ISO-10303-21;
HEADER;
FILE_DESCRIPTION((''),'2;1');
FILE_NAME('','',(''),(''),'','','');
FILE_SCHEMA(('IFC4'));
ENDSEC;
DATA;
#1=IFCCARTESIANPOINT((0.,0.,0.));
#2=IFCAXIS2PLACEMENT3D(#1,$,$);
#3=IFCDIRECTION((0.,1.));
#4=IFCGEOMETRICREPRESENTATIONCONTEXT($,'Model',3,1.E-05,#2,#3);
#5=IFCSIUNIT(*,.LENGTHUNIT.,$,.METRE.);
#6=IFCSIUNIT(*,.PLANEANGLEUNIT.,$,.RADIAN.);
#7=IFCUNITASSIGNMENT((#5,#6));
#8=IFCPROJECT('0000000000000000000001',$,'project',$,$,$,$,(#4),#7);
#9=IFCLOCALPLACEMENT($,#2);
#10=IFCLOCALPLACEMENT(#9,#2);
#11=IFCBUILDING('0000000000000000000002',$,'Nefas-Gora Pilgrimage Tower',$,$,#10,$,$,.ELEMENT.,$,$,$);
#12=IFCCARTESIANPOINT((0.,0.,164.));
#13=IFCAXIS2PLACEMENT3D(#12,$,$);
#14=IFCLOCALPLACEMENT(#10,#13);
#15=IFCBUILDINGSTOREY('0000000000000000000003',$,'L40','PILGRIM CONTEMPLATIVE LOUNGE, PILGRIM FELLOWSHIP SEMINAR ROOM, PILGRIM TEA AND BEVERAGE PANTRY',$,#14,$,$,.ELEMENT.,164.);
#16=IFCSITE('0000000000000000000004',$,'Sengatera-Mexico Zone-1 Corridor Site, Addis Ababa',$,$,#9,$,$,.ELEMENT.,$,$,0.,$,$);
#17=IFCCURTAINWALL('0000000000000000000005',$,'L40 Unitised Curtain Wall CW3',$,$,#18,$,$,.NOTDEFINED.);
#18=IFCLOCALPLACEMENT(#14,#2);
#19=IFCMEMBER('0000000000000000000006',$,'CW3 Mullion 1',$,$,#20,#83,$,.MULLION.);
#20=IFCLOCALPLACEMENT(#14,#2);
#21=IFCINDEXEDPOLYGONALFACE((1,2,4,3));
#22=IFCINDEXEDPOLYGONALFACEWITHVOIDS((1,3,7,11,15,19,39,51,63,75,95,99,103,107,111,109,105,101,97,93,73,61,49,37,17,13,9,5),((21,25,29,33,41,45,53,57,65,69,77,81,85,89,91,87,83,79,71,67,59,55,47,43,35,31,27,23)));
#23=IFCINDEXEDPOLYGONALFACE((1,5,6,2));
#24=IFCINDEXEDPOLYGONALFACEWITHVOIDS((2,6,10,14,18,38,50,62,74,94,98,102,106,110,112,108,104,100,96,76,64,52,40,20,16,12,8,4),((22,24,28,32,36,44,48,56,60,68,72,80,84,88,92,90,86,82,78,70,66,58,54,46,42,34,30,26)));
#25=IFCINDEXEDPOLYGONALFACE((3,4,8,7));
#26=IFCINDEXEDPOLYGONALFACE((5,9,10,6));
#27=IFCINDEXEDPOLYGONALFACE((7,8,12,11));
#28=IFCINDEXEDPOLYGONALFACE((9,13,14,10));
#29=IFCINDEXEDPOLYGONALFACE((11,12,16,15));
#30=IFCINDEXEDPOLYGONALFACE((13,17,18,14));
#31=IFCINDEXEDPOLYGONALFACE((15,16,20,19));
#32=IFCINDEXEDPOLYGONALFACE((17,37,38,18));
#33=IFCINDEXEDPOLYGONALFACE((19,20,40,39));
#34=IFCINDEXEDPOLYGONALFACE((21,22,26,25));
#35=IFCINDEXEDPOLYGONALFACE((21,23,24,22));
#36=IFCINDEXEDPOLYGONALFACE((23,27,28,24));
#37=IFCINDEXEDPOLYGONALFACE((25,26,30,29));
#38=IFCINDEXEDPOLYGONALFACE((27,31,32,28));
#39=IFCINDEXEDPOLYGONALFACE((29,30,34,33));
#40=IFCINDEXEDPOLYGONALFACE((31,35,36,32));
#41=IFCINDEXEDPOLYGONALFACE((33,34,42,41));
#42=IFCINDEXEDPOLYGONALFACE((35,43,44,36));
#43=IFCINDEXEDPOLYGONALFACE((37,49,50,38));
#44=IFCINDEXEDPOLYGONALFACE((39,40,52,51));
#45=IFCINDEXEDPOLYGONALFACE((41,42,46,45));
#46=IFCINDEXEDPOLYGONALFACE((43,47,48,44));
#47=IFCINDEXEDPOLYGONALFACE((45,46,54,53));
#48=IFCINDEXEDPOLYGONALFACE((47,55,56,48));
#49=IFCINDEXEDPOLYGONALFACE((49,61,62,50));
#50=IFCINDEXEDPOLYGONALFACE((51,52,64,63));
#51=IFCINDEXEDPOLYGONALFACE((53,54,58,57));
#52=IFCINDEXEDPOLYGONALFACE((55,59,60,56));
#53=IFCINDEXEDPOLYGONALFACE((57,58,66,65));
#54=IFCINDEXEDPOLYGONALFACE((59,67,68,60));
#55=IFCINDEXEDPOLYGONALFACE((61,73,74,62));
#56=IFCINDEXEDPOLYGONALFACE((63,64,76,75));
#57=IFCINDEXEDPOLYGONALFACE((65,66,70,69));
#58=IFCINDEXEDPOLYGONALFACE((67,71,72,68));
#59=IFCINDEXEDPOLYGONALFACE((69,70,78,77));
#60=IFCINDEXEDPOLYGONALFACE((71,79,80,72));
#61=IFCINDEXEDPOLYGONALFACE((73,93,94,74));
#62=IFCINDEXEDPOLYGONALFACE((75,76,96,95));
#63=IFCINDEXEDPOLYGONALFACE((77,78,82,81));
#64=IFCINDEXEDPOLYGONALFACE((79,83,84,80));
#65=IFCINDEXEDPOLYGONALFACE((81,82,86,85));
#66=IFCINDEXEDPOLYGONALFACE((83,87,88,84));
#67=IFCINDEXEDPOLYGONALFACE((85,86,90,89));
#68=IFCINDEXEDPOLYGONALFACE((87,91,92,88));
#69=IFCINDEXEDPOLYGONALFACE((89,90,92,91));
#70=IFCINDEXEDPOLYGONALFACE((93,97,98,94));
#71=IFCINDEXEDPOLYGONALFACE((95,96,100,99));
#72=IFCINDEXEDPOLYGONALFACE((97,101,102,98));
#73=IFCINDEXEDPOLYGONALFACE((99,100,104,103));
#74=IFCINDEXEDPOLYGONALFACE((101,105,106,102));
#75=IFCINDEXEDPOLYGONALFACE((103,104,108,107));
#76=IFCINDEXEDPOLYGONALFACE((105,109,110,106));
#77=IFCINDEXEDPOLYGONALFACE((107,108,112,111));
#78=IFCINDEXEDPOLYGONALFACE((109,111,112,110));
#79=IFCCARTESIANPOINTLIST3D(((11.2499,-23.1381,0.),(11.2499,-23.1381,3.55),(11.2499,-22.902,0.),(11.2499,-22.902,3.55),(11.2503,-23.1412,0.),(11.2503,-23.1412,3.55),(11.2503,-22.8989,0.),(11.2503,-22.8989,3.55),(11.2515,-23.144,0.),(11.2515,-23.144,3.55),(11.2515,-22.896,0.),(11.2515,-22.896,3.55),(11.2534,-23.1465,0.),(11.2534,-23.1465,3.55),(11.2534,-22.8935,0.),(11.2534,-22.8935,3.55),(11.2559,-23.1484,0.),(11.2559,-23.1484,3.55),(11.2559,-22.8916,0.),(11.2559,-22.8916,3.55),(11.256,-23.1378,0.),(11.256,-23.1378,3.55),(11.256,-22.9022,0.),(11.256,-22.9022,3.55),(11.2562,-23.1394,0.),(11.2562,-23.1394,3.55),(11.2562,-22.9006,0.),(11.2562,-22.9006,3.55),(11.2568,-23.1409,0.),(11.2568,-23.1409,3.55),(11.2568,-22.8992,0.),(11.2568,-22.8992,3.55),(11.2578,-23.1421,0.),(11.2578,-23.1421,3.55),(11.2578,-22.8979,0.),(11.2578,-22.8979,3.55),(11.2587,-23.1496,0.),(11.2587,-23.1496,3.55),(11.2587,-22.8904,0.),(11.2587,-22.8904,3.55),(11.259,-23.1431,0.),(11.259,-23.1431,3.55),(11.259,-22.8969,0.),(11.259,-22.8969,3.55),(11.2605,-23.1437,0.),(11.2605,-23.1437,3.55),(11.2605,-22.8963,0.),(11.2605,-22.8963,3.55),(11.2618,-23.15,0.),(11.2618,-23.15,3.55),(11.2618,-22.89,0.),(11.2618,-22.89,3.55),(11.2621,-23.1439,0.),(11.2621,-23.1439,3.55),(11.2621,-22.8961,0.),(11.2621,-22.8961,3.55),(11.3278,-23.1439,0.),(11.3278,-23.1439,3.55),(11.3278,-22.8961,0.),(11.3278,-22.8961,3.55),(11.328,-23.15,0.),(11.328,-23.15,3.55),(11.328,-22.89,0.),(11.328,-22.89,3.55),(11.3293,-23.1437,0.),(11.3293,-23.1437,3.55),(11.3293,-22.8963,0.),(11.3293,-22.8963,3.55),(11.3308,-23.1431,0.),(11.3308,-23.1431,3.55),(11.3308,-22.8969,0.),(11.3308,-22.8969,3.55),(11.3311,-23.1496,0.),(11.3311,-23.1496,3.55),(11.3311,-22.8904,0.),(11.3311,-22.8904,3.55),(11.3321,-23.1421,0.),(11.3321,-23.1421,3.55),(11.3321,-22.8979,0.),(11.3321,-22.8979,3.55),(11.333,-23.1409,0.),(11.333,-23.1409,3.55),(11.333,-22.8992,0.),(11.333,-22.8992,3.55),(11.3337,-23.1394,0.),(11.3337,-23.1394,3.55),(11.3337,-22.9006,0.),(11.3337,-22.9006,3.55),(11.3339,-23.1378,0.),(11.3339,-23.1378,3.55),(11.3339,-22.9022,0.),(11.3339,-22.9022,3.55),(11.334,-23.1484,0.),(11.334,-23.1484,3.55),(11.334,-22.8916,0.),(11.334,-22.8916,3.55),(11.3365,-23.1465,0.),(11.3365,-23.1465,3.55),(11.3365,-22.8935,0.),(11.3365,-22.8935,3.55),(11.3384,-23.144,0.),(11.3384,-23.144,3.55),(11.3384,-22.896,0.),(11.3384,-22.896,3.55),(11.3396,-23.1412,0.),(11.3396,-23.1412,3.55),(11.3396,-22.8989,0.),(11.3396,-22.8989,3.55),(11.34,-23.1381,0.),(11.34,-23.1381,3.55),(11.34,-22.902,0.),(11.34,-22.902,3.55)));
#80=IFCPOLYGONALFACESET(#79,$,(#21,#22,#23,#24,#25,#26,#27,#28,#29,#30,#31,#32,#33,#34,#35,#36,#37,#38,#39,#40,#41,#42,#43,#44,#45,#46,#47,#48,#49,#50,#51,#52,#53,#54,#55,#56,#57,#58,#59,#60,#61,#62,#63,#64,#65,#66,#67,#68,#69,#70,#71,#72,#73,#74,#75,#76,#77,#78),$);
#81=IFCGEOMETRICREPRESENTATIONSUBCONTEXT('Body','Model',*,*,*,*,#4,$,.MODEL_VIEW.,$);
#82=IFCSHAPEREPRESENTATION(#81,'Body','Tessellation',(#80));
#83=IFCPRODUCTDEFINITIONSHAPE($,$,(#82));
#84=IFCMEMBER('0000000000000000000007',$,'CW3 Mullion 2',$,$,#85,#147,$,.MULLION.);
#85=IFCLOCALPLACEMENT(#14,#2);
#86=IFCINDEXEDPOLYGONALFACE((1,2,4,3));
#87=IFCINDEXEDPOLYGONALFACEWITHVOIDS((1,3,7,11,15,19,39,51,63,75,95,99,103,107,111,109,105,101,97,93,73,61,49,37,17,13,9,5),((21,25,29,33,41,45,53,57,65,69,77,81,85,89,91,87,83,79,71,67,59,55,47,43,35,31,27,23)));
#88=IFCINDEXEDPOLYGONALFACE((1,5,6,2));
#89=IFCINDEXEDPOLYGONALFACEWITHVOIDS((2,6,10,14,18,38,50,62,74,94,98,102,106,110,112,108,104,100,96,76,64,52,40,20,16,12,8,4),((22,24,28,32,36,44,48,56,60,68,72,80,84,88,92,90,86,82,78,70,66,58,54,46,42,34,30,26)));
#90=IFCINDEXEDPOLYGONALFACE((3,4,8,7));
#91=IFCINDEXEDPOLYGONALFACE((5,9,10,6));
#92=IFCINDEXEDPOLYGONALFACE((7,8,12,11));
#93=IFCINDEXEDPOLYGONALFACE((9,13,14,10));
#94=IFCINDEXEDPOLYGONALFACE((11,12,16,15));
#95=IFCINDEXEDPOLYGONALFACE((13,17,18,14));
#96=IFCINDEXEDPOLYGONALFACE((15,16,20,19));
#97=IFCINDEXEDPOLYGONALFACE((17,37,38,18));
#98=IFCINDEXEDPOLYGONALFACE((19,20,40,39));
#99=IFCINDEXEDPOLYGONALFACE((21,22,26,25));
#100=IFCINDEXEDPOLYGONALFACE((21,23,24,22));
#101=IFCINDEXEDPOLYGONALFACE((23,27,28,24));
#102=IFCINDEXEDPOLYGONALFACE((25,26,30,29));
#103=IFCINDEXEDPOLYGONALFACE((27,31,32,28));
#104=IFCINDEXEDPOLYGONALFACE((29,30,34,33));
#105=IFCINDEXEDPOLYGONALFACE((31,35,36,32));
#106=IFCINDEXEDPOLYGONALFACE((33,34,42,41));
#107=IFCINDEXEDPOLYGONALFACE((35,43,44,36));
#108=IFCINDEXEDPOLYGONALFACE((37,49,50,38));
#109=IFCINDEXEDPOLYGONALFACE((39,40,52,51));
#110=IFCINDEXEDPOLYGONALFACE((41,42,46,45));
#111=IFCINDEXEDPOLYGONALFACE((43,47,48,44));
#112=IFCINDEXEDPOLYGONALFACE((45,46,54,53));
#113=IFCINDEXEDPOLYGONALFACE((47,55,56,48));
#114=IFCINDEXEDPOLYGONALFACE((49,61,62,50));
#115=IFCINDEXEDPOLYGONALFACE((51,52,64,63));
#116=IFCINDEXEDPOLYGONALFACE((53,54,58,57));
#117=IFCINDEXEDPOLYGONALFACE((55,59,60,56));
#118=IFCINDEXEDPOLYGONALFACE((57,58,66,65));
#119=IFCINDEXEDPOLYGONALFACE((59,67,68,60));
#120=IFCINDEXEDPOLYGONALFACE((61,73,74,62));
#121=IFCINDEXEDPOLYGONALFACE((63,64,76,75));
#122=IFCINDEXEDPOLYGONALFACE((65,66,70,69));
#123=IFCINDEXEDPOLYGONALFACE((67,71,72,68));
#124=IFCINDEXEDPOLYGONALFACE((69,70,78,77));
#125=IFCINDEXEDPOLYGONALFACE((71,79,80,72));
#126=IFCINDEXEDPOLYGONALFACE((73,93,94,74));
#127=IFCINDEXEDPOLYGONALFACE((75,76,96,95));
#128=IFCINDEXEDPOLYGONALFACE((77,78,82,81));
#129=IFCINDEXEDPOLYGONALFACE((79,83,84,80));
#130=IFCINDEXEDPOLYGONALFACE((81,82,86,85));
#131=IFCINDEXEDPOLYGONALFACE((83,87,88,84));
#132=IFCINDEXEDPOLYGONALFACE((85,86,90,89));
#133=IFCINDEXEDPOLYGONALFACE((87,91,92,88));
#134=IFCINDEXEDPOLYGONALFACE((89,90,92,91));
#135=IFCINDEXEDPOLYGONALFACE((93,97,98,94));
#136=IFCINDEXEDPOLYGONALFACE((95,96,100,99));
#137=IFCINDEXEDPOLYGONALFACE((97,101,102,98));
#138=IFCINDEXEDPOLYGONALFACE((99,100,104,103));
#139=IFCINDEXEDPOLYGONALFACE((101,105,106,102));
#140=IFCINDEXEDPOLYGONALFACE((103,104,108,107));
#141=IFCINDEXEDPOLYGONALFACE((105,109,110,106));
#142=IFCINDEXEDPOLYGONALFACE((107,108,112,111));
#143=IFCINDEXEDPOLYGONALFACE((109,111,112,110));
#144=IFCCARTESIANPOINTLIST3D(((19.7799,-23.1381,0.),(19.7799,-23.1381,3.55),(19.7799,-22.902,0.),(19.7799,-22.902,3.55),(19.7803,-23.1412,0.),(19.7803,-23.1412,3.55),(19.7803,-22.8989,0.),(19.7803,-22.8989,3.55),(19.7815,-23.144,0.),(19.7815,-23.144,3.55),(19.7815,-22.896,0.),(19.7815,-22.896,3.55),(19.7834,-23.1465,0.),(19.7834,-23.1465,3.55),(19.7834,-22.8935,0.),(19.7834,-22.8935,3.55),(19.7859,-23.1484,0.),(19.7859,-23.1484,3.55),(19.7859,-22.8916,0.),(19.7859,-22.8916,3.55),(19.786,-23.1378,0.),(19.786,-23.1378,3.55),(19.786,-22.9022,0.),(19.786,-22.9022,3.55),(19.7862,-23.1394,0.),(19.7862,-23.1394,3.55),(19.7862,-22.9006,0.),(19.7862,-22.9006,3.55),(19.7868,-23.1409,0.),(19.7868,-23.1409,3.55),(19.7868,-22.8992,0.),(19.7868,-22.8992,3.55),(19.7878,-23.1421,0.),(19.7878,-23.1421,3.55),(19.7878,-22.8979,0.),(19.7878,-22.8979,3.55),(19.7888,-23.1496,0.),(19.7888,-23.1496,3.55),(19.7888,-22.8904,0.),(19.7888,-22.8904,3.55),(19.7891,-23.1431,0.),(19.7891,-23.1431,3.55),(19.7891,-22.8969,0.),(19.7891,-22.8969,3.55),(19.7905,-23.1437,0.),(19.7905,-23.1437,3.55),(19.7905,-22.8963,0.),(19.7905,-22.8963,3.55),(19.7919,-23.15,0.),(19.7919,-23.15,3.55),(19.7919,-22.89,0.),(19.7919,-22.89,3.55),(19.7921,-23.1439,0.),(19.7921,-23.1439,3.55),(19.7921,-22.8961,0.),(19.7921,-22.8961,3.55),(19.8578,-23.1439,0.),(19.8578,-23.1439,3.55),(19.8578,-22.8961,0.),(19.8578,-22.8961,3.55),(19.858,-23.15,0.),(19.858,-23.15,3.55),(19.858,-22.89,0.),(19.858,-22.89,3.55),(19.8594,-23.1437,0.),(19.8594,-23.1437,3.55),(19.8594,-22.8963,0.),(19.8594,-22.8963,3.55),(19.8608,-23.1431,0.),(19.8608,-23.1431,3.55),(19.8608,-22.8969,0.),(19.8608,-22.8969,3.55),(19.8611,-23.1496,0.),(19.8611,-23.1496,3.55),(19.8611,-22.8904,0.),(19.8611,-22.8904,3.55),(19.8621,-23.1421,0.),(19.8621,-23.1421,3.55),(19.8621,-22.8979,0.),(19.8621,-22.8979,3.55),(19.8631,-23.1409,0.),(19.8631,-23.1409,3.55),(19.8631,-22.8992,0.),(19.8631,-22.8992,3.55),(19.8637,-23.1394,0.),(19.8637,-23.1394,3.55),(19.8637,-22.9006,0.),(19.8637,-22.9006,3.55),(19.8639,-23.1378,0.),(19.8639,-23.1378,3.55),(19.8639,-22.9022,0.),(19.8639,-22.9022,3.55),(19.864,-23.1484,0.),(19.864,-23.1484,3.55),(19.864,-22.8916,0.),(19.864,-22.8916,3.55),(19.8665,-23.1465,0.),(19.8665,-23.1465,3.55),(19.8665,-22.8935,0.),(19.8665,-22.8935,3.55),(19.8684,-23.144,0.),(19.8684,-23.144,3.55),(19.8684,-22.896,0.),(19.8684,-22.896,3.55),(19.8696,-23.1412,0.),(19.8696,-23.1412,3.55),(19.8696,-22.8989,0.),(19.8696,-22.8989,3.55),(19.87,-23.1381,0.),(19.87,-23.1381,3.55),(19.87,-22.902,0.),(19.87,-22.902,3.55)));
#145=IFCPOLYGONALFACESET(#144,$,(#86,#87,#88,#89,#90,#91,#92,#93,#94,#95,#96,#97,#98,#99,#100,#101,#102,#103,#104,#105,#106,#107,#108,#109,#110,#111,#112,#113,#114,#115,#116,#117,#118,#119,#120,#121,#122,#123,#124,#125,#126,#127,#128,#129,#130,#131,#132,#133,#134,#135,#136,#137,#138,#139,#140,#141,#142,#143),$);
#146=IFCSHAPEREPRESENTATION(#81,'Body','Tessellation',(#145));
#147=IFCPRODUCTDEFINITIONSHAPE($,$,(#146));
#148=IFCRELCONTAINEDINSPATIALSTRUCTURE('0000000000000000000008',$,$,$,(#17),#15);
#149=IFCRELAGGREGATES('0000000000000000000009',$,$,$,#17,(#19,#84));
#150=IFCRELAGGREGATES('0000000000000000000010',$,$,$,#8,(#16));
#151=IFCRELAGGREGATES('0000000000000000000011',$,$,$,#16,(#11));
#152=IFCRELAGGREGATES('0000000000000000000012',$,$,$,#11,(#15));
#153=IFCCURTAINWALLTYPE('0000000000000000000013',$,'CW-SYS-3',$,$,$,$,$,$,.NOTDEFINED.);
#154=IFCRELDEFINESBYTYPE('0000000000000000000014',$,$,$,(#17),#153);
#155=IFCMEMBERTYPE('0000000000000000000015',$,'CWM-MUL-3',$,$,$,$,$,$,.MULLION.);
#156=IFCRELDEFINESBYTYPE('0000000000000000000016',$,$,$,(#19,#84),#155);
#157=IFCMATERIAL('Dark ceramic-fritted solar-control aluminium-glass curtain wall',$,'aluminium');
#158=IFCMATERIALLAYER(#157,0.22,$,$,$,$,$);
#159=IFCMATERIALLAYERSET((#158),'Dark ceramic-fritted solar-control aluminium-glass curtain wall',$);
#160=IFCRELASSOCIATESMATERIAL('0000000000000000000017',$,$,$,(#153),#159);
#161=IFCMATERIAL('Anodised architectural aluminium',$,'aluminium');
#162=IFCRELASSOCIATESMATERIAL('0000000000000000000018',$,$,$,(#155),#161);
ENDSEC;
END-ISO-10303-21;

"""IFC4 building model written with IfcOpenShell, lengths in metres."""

from ifc_helpers import new_model, si_unit, direction, frame, origin, origin_2d, place, context, subcontext, project, spatial, hollow_rectangle, extrude, source, transform, mapped, material, layer, layer_set, material_profile, profile_set, type_object, element, aggregate, save


model = new_model("IFC4")

# Units and contexts
model_context = context("Model", 3, precision=1e-05, world=origin(), true_north=direction((0.0, 1.0)))
body_context = subcontext(model_context, "Body", "Model", "MODEL_VIEW")
ifc_project = project(units=[si_unit("LENGTHUNIT", "METRE"), si_unit("PLANEANGLEUNIT", "RADIAN")], contexts=[model_context])

# Site, building, storey
site_placement = place(None, origin())
site = spatial("IfcSite", under=ifc_project, at=site_placement, Name="Sengatera-Mexico Zone-1 Corridor Site, Addis Ababa", CompositionType="ELEMENT", RefElevation=0.0)
building_placement = place(site_placement, origin())
building = spatial("IfcBuilding", under=site, at=building_placement, Name="Nefas-Gora Pilgrimage Tower", CompositionType="ELEMENT")
storey_placement = place(building_placement, frame((0.0, 0.0, 164.0)))
storey = spatial("IfcBuildingStorey", under=building, at=storey_placement, Name="L40", Description="PILGRIM CONTEMPLATIVE LOUNGE, PILGRIM FELLOWSHIP SEMINAR ROOM, PILGRIM TEA AND BEVERAGE PANTRY", CompositionType="ELEMENT", Elevation=164.0)

# Curtain wall, members
ifc_material_1 = material(Name="Dark ceramic-fritted solar-control aluminium-glass curtain wall", Category="aluminium")
ifc_layer_1 = layer(ifc_material_1, 0.22)
ifc_layer_set_1 = layer_set([ifc_layer_1], Name="Dark ceramic-fritted solar-control aluminium-glass curtain wall")
curtain_wall_type = type_object("IfcCurtainWallType", Name="CW-SYS-3", PredefinedType="NOTDEFINED", material=ifc_layer_set_1)
curtain_wall_1_placement = place(storey_placement, origin())
curtain_wall_1 = element("IfcCurtainWall", 1, at=curtain_wall_1_placement, inside=storey, type_object=curtain_wall_type, Name="L40 Unitised Curtain Wall CW3", PredefinedType="NOTDEFINED")
ifc_material_2 = material(Name="Anodised architectural aluminium", Category="aluminium")
ifc_material_profile_1 = material_profile(ifc_material_2, hollow_rectangle(XDim=0.0901, YDim=0.26, WallThickness=0.0061, InnerFilletRadius=0.0061, OuterFilletRadius=0.012, at=origin_2d()), Name="ALU MULLION 90x260")
ifc_profile_set_1 = profile_set([ifc_material_profile_1], Name="Anodised architectural aluminium")
member_type_1 = type_object("IfcMemberType", Name="CWM-MUL-3", PredefinedType="MULLION", material=ifc_profile_set_1)
shared_shape_1 = source(origin(), body_context, "Body", "SweptSolid", [
    extrude(hollow_rectangle(XDim=0.0901, YDim=0.26, WallThickness=0.0061, InnerFilletRadius=0.0061, OuterFilletRadius=0.012, at=origin_2d()), origin(), (0.0, 0.0, 1.0), 3.55),
])
member_1_placement = place(storey_placement, frame((11.2949, -23.02, 0.0), z_axis=(0.0, 0.0, 1.0), x_axis=(1.0, 0.0, 0.0)))
member_1 = element("IfcMember", 2, at=member_1_placement, type_object=member_type_1, Name="CW3 Mullion 1", PredefinedType="MULLION", context=body_context, shape_type="MappedRepresentation", body=[
    mapped(shared_shape_1, transform((0.0, 0.0, 0.0), x_axis=(1.0, 0.0, 0.0), y_axis=(0.0, 1.0, 0.0), z_axis=(0.0, 0.0, 1.0), scale=1.0)),
])
member_2_placement = place(storey_placement, frame((19.825, -23.02, 0.0), z_axis=(0.0, 0.0, 1.0), x_axis=(1.0, 0.0, 0.0)))
member_2 = element("IfcMember", 3, at=member_2_placement, type_object=member_type_1, Name="CW3 Mullion 2", PredefinedType="MULLION", context=body_context, shape_type="MappedRepresentation", body=[
    mapped(shared_shape_1, transform((0.0, 0.0, 0.0), x_axis=(1.0, 0.0, 0.0), y_axis=(0.0, 1.0, 0.0), z_axis=(0.0, 0.0, 1.0), scale=1.0)),
])

aggregate(curtain_wall_1, [member_1, member_2])

save(model, "model.ifc")
